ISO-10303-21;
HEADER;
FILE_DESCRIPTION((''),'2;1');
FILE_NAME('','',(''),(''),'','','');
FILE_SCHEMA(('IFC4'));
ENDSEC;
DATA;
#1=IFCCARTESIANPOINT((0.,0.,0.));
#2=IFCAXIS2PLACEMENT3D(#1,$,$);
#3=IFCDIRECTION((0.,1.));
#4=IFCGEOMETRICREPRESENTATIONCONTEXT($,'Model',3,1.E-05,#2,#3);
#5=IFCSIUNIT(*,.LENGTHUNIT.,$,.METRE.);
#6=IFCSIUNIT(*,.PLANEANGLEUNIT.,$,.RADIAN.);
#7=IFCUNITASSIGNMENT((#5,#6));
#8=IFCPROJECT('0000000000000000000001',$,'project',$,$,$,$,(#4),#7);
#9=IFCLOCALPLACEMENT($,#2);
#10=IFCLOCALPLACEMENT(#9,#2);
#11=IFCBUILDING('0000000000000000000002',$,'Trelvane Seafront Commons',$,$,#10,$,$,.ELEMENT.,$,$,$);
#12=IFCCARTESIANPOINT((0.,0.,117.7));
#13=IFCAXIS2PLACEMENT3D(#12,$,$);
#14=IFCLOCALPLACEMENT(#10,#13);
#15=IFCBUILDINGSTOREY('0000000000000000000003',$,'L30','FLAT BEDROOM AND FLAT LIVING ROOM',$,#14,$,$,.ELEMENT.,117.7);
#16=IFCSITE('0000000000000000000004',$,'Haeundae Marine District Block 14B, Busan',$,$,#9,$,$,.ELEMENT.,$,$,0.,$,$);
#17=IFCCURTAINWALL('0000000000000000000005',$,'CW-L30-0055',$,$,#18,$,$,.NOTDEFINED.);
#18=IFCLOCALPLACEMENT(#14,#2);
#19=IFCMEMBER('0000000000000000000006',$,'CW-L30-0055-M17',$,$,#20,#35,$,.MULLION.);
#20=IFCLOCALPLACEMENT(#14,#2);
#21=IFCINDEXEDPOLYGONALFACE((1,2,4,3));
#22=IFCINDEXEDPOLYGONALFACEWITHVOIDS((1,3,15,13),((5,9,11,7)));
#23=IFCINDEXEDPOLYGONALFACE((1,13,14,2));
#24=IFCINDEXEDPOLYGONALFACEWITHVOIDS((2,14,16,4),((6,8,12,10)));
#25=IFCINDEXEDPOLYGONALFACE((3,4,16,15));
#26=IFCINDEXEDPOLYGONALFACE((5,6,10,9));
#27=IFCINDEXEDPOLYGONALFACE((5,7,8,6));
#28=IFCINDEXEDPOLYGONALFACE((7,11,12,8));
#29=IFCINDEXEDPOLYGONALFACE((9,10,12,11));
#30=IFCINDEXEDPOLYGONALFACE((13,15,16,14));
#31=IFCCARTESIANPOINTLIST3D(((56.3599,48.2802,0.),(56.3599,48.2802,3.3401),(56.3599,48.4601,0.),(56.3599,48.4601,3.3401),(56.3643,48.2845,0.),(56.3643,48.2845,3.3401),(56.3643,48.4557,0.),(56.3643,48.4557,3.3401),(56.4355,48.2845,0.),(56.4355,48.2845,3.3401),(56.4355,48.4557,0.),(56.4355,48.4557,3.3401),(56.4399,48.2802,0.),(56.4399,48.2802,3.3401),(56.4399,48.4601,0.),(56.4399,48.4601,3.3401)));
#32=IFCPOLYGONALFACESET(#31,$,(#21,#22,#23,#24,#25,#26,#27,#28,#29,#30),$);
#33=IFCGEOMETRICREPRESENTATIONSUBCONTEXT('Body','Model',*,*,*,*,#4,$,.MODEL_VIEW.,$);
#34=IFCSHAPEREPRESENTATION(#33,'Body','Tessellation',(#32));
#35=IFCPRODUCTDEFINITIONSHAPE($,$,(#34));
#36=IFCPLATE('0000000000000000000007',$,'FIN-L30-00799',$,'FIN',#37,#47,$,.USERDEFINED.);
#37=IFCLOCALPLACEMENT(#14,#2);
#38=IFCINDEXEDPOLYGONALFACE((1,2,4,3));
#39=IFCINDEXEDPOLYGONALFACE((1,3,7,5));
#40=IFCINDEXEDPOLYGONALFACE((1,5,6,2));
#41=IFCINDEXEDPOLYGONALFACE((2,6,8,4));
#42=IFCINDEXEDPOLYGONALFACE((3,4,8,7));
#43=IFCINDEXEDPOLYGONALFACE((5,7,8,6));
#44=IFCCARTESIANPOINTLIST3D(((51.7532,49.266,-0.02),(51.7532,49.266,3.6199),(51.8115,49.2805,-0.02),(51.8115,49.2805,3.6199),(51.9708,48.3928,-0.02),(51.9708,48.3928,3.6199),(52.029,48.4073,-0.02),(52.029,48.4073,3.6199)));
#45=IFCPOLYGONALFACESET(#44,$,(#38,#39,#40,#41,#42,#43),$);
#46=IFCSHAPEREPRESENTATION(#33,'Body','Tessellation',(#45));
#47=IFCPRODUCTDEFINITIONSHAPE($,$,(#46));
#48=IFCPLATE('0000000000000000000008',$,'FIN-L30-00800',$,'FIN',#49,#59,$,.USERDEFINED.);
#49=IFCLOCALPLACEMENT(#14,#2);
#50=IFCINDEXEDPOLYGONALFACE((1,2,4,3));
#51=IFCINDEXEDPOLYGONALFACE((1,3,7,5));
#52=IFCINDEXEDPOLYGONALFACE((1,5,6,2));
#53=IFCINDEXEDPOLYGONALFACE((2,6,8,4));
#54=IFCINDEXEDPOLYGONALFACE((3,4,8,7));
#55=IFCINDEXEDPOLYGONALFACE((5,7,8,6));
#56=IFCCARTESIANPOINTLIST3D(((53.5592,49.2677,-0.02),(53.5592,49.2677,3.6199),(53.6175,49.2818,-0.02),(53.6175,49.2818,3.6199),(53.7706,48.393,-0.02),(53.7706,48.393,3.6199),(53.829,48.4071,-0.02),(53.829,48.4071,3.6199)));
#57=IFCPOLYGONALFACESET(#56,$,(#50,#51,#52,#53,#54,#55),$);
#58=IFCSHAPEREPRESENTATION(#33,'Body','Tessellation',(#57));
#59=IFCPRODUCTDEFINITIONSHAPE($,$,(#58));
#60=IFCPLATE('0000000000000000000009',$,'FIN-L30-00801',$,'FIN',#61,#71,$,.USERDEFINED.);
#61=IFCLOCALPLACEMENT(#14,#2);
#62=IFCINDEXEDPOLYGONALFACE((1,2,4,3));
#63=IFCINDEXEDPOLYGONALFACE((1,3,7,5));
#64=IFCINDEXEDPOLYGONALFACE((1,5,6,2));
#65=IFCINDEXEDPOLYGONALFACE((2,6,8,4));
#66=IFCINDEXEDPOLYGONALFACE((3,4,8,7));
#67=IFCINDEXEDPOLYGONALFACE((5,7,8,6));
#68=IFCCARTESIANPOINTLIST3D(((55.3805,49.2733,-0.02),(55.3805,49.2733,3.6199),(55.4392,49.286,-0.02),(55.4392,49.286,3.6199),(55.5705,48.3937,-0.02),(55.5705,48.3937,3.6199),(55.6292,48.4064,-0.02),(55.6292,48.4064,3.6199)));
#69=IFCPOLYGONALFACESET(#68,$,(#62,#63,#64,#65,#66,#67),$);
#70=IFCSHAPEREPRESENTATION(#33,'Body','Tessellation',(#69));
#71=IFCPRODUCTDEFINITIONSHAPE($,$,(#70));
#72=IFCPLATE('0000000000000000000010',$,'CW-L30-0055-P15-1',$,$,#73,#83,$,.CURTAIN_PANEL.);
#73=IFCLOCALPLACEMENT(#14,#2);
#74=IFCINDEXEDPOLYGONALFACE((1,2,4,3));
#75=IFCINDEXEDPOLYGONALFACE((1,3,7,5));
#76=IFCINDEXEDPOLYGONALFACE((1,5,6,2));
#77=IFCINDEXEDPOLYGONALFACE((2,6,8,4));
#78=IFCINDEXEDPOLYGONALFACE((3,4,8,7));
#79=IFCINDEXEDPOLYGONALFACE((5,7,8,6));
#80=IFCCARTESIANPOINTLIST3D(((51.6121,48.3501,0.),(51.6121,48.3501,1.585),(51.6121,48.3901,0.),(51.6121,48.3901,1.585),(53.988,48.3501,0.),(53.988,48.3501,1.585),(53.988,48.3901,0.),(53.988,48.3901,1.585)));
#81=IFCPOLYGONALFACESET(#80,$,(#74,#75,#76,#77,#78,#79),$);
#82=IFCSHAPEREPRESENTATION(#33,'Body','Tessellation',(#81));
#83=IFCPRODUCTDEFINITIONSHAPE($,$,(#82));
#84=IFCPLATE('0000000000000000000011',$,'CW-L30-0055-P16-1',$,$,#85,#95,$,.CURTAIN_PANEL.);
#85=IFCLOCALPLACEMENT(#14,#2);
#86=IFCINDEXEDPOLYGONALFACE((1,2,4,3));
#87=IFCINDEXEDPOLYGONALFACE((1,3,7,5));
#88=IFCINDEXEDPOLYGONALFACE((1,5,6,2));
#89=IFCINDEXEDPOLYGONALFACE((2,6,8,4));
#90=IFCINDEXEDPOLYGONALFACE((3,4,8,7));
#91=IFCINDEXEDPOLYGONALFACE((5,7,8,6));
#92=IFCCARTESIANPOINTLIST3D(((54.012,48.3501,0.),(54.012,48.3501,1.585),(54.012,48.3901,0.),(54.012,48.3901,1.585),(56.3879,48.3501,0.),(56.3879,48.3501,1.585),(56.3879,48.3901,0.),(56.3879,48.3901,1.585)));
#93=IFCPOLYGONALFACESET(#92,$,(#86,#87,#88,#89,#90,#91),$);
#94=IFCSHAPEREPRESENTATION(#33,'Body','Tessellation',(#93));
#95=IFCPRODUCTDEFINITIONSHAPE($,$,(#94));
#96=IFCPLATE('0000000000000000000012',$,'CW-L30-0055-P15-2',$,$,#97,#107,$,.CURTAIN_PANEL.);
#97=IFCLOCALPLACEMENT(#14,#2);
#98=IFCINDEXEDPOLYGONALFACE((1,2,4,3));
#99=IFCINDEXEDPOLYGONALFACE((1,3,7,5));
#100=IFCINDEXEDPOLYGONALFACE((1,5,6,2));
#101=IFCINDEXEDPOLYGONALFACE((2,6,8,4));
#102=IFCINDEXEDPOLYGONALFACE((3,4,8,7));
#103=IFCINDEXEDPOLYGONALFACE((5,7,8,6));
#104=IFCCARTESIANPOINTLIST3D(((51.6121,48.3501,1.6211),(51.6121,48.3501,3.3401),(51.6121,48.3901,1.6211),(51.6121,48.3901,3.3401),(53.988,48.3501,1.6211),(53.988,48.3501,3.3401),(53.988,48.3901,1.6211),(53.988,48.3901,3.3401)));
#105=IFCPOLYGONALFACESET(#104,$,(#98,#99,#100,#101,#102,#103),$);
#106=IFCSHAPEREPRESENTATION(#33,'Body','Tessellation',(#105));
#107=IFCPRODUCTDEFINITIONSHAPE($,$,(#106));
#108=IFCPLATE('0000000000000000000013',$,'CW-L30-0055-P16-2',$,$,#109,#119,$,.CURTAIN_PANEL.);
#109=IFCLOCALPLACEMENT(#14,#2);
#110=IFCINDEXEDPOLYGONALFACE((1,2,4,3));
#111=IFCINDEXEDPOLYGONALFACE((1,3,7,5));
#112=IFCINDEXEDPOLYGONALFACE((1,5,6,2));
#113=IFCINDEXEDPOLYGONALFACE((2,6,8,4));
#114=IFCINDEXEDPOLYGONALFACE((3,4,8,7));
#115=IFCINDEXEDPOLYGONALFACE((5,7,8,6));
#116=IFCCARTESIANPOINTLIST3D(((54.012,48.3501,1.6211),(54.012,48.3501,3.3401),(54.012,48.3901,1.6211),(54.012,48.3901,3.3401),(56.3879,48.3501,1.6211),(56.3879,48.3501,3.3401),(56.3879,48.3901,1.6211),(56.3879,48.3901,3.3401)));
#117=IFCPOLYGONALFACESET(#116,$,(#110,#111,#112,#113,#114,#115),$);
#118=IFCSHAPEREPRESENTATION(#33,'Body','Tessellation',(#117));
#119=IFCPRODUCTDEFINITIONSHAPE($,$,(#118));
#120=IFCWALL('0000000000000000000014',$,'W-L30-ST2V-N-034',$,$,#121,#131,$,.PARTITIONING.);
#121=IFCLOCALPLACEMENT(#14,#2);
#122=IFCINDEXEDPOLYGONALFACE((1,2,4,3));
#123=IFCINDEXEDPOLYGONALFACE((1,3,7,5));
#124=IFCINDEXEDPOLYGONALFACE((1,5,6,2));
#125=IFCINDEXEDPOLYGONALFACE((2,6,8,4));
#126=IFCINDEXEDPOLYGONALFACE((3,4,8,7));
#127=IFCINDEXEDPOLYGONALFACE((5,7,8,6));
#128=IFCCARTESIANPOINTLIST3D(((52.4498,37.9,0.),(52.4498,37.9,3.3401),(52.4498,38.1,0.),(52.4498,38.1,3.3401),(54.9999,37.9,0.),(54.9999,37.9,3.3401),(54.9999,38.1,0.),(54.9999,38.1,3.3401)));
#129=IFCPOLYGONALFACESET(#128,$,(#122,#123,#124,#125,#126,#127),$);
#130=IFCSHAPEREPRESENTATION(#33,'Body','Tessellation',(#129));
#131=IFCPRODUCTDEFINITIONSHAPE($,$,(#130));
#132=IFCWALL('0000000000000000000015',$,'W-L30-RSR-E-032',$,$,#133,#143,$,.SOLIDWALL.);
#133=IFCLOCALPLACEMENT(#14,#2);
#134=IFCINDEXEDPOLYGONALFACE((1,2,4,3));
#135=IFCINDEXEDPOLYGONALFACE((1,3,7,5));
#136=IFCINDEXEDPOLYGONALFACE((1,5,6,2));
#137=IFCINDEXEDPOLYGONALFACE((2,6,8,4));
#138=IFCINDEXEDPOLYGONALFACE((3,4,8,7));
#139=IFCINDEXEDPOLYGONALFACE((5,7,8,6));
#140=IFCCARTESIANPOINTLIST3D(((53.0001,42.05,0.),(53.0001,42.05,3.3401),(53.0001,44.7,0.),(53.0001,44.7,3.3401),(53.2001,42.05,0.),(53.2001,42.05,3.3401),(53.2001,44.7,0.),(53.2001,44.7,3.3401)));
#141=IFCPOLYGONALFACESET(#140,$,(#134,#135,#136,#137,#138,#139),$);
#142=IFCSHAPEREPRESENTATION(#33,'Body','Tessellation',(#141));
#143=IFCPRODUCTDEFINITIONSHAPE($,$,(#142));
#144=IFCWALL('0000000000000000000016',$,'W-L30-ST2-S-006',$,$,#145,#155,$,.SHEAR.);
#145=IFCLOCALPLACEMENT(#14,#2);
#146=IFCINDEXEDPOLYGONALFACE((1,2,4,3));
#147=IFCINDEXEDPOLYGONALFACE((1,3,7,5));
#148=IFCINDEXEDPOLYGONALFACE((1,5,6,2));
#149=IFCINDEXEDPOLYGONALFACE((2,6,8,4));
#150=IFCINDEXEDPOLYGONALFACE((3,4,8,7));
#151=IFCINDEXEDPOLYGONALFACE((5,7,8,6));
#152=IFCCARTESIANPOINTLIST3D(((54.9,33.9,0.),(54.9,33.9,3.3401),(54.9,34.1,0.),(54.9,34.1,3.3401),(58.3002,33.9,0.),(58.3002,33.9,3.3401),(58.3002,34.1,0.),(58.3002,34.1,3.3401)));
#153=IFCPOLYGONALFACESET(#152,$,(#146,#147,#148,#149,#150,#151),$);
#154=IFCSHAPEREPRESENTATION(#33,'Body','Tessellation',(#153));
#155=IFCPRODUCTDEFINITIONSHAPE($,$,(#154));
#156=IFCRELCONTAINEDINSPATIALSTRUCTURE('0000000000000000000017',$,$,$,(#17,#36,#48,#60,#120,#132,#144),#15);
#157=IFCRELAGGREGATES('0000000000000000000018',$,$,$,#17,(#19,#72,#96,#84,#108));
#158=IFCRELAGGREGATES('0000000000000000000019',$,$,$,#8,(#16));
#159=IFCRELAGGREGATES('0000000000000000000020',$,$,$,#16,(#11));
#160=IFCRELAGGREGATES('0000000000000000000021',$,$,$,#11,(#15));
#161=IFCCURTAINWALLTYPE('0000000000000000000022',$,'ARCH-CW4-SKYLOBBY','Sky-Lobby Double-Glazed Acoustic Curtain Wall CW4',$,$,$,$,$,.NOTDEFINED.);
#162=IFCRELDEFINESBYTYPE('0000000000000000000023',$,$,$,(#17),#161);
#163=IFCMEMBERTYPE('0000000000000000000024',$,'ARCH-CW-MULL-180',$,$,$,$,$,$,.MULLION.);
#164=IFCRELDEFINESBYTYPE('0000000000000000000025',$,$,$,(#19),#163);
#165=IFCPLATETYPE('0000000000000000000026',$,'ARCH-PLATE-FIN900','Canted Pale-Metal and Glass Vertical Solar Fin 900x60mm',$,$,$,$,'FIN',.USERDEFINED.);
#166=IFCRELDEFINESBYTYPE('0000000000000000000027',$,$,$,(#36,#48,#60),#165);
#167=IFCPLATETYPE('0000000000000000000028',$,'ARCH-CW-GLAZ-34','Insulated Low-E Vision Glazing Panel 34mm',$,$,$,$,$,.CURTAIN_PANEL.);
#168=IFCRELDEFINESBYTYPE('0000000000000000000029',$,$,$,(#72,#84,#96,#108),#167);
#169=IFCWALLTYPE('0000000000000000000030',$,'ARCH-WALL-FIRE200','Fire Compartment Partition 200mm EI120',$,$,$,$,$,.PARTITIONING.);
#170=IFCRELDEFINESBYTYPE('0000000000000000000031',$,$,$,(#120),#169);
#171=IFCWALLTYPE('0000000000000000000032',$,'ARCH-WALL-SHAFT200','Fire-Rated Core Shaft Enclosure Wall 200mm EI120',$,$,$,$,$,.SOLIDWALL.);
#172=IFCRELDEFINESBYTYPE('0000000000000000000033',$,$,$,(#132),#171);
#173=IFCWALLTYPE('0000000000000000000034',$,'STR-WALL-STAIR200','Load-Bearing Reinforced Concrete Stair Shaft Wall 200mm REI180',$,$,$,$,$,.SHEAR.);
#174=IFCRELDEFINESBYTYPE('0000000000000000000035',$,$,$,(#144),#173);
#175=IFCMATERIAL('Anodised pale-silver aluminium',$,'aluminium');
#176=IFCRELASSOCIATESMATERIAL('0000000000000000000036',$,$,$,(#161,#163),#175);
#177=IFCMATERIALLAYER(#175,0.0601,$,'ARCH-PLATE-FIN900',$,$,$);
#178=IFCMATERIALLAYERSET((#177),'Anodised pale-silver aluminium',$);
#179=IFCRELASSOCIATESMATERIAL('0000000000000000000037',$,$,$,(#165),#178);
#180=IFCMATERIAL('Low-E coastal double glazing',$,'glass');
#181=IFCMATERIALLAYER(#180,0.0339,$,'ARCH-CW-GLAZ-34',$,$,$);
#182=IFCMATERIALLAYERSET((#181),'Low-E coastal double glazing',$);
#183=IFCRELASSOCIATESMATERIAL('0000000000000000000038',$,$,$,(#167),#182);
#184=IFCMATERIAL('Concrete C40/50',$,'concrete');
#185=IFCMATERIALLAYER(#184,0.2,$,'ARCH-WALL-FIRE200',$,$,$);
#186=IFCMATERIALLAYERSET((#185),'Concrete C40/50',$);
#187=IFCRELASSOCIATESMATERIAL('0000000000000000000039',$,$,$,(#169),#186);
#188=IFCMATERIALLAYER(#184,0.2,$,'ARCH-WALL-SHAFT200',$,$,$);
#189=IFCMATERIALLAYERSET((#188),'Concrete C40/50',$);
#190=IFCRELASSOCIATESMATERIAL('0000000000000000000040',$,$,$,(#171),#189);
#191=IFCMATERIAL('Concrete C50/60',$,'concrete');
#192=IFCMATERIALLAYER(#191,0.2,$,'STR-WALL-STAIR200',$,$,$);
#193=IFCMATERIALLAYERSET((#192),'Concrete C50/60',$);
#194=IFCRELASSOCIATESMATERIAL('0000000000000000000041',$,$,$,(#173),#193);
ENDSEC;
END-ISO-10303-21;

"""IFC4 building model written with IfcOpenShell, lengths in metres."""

from ifc_helpers import new_model, si_unit, direction, frame, frame_2d, origin, origin_2d, place, context, subcontext, project, spatial, rectangle, hollow_rectangle, extrude, source, transform, mapped, material, layer, layer_set, material_profile, profile_set, type_object, element, aggregate, save


model = new_model("IFC4")

# Units and contexts
model_context = context("Model", 3, precision=1e-05, world=origin(), true_north=direction((0.0, 1.0)))
body_context = subcontext(model_context, "Body", "Model", "MODEL_VIEW")
ifc_project = project(units=[si_unit("LENGTHUNIT", "METRE"), si_unit("PLANEANGLEUNIT", "RADIAN")], contexts=[model_context])

# Site, building, storey
site_placement = place(None, origin())
site = spatial("IfcSite", under=ifc_project, at=site_placement, Name="Haeundae Marine District Block 14B, Busan", CompositionType="ELEMENT", RefElevation=0.0)
building_placement = place(site_placement, origin())
building = spatial("IfcBuilding", under=site, at=building_placement, Name="Trelvane Seafront Commons", CompositionType="ELEMENT")
storey_placement = place(building_placement, frame((0.0, 0.0, 117.7)))
storey = spatial("IfcBuildingStorey", under=building, at=storey_placement, Name="L30", Description="FLAT BEDROOM AND FLAT LIVING ROOM", CompositionType="ELEMENT", Elevation=117.7)

# Curtain wall, member
ifc_material_1 = material(Name="Anodised pale-silver aluminium", Category="aluminium")
curtain_wall_type = type_object("IfcCurtainWallType", Name="ARCH-CW4-SKYLOBBY", Description="Sky-Lobby Double-Glazed Acoustic Curtain Wall CW4", PredefinedType="NOTDEFINED", material=ifc_material_1)
curtain_wall_placement = place(storey_placement, origin())
curtain_wall = element("IfcCurtainWall", 1, at=curtain_wall_placement, inside=storey, type_object=curtain_wall_type, Name="CW-L30-0055", PredefinedType="NOTDEFINED")
ifc_material_profile_1 = material_profile(ifc_material_1, hollow_rectangle(XDim=0.0801, YDim=0.1799, WallThickness=0.0044, at=origin_2d()), Name="MULL-80x180x4.5")
ifc_profile_set_1 = profile_set([ifc_material_profile_1], Name="Anodised pale-silver aluminium")
member_type_1 = type_object("IfcMemberType", Name="ARCH-CW-MULL-180", PredefinedType="MULLION", material=ifc_profile_set_1)
shared_shape_1 = source(origin(), body_context, "Body", "SweptSolid", [
    extrude(hollow_rectangle(XDim=0.0801, YDim=0.1799, WallThickness=0.0044, at=origin_2d()), origin(), (0.0, 0.0, 1.0), 3.3401),
])
member_1_placement = place(storey_placement, frame((56.3999, 48.3701, 0.0), z_axis=(0.0, 0.0, 1.0), x_axis=(1.0, 0.0, 0.0)))
member_1 = element("IfcMember", 2, at=member_1_placement, type_object=member_type_1, Name="CW-L30-0055-M17", PredefinedType="MULLION", context=body_context, shape_type="MappedRepresentation", body=[
    mapped(shared_shape_1, transform((0.0, 0.0, 0.0), x_axis=(1.0, 0.0, 0.0), y_axis=(0.0, 1.0, 0.0), z_axis=(0.0, 0.0, 1.0), scale=1.0)),
])

# Plates
ifc_layer_1 = layer(ifc_material_1, 0.0601, Name="ARCH-PLATE-FIN900")
ifc_layer_set_1 = layer_set([ifc_layer_1], Name="Anodised pale-silver aluminium")
plate_type_1 = type_object("IfcPlateType", Name="ARCH-PLATE-FIN900", Description="Canted Pale-Metal and Glass Vertical Solar Fin 900x60mm", ElementType="FIN", PredefinedType="USERDEFINED", material=ifc_layer_set_1)
shared_shape_2 = source(origin(), body_context, "Body", "SweptSolid", [
    extrude(rectangle(XDim=0.8999, YDim=0.0601, at=origin_2d()), origin(), (0.0, 0.0, 1.0), 3.6399),
])
for number, where, z_axis, x_axis, name in (
    (3, (51.8911, 48.8367, -0.02), (0.0, 0.0, 1.0), (-0.241778, 0.970332, 0.0), "FIN-L30-00799"),
    (4, (53.6941, 48.8374, -0.02), (0.0, 0.0, 1.0), (-0.235, 0.971995, 0.0), "FIN-L30-00800"),
    (5, (55.5049, 48.8398, -0.02), (0.0, 0.0, 1.0), (-0.211115, 0.977461, 0.0), "FIN-L30-00801"),
):
    element("IfcPlate", number, at=place(storey_placement, frame(where, z_axis=z_axis, x_axis=x_axis)), inside=storey, type_object=plate_type_1, Name=name, ObjectType="FIN", PredefinedType="USERDEFINED", context=body_context, shape_type="MappedRepresentation", body=[
        mapped(shared_shape_2, transform((0.0, 0.0, 0.0), x_axis=(1.0, 0.0, 0.0), y_axis=(0.0, 1.0, 0.0), z_axis=(0.0, 0.0, 1.0), scale=1.0)),
    ])

# Plates
ifc_material_2 = material(Name="Low-E coastal double glazing", Category="glass")
ifc_layer_2 = layer(ifc_material_2, 0.0339, Name="ARCH-CW-GLAZ-34")
ifc_layer_set_2 = layer_set([ifc_layer_2], Name="Low-E coastal double glazing")
plate_type_2 = type_object("IfcPlateType", Name="ARCH-CW-GLAZ-34", Description="Insulated Low-E Vision Glazing Panel 34mm", PredefinedType="CURTAIN_PANEL", material=ifc_layer_set_2)
shared_shape_3 = source(origin(), body_context, "Body", "SweptSolid", [
    extrude(rectangle(XDim=2.376, YDim=0.04, at=origin_2d()), origin(), (0.0, 0.0, 1.0), 1.585),
])
plate_1_placement = place(storey_placement, frame((52.8, 48.3701, 0.0), z_axis=(0.0, 0.0, 1.0), x_axis=(1.0, 0.0, 0.0)))
plate_1 = element("IfcPlate", 6, at=plate_1_placement, type_object=plate_type_2, Name="CW-L30-0055-P15-1", PredefinedType="CURTAIN_PANEL", context=body_context, shape_type="MappedRepresentation", body=[
    mapped(shared_shape_3, transform((0.0, 0.0, 0.0), x_axis=(1.0, 0.0, 0.0), y_axis=(0.0, 1.0, 0.0), z_axis=(0.0, 0.0, 1.0), scale=1.0)),
])
plate_2_placement = place(storey_placement, frame((55.2, 48.3701, 0.0), z_axis=(0.0, 0.0, 1.0), x_axis=(1.0, 0.0, 0.0)))
plate_2 = element("IfcPlate", 7, at=plate_2_placement, type_object=plate_type_2, Name="CW-L30-0055-P16-1", PredefinedType="CURTAIN_PANEL", context=body_context, shape_type="MappedRepresentation", body=[
    mapped(shared_shape_3, transform((0.0, 0.0, 0.0), x_axis=(1.0, 0.0, 0.0), y_axis=(0.0, 1.0, 0.0), z_axis=(0.0, 0.0, 1.0), scale=1.0)),
])
shared_shape_4 = source(origin(), body_context, "Body", "SweptSolid", [
    extrude(rectangle(XDim=2.376, YDim=0.04, at=origin_2d()), origin(), (0.0, 0.0, 1.0), 1.719),
])
plate_3_placement = place(storey_placement, frame((52.8, 48.3701, 1.6211), z_axis=(0.0, 0.0, 1.0), x_axis=(1.0, 0.0, 0.0)))
plate_3 = element("IfcPlate", 8, at=plate_3_placement, type_object=plate_type_2, Name="CW-L30-0055-P15-2", PredefinedType="CURTAIN_PANEL", context=body_context, shape_type="MappedRepresentation", body=[
    mapped(shared_shape_4, transform((0.0, 0.0, 0.0), x_axis=(1.0, 0.0, 0.0), y_axis=(0.0, 1.0, 0.0), z_axis=(0.0, 0.0, 1.0), scale=1.0)),
])
plate_4_placement = place(storey_placement, frame((55.2, 48.3701, 1.6211), z_axis=(0.0, 0.0, 1.0), x_axis=(1.0, 0.0, 0.0)))
plate_4 = element("IfcPlate", 9, at=plate_4_placement, type_object=plate_type_2, Name="CW-L30-0055-P16-2", PredefinedType="CURTAIN_PANEL", context=body_context, shape_type="MappedRepresentation", body=[
    mapped(shared_shape_4, transform((0.0, 0.0, 0.0), x_axis=(1.0, 0.0, 0.0), y_axis=(0.0, 1.0, 0.0), z_axis=(0.0, 0.0, 1.0), scale=1.0)),
])
aggregate(curtain_wall, [member_1, plate_1, plate_3, plate_2, plate_4])

# Walls
ifc_material_3 = material(Name="Concrete C40/50", Category="concrete")
ifc_layer_3 = layer(ifc_material_3, 0.2, Name="ARCH-WALL-FIRE200")
ifc_layer_set_3 = layer_set([ifc_layer_3], Name="Concrete C40/50")
wall_type_1 = type_object("IfcWallType", Name="ARCH-WALL-FIRE200", Description="Fire Compartment Partition 200mm EI120", PredefinedType="PARTITIONING", material=ifc_layer_set_3)
wall_1_placement = place(storey_placement, frame((52.45, 38.0, 0.0), z_axis=(0.0, 0.0, 1.0), x_axis=(1.0, 0.0, 0.0)))
element("IfcWall", 10, at=wall_1_placement, inside=storey, type_object=wall_type_1, Name="W-L30-ST2V-N-034", PredefinedType="PARTITIONING", context=body_context, shape_type="SweptSolid", body=[
    extrude(rectangle(XDim=2.55, YDim=0.2, at=frame_2d((1.2749, 0.0))), origin(), (0.0, 0.0, 1.0), 3.3401),
])
ifc_layer_4 = layer(ifc_material_3, 0.2, Name="ARCH-WALL-SHAFT200")
ifc_layer_set_4 = layer_set([ifc_layer_4], Name="Concrete C40/50")
wall_type_2 = type_object("IfcWallType", Name="ARCH-WALL-SHAFT200", Description="Fire-Rated Core Shaft Enclosure Wall 200mm EI120", PredefinedType="SOLIDWALL", material=ifc_layer_set_4)
wall_2_placement = place(storey_placement, frame((53.1001, 42.05, 0.0), z_axis=(0.0, 0.0, 1.0), x_axis=(0.0, 1.0, 0.0)))
element("IfcWall", 11, at=wall_2_placement, inside=storey, type_object=wall_type_2, Name="W-L30-RSR-E-032", PredefinedType="SOLIDWALL", context=body_context, shape_type="SweptSolid", body=[
    extrude(rectangle(XDim=2.6499, YDim=0.2, at=frame_2d((1.325, 0.0))), origin(), (0.0, 0.0, 1.0), 3.3401),
])
ifc_material_4 = material(Name="Concrete C50/60", Category="concrete")
ifc_layer_5 = layer(ifc_material_4, 0.2, Name="STR-WALL-STAIR200")
ifc_layer_set_5 = layer_set([ifc_layer_5], Name="Concrete C50/60")
wall_type_3 = type_object("IfcWallType", Name="STR-WALL-STAIR200", Description="Load-Bearing Reinforced Concrete Stair Shaft Wall 200mm REI180", PredefinedType="SHEAR", material=ifc_layer_set_5)
wall_3_placement = place(storey_placement, frame((54.8999, 34.0, 0.0), z_axis=(0.0, 0.0, 1.0), x_axis=(1.0, 0.0, 0.0)))
element("IfcWall", 12, at=wall_3_placement, inside=storey, type_object=wall_type_3, Name="W-L30-ST2-S-006", PredefinedType="SHEAR", context=body_context, shape_type="SweptSolid", body=[
    extrude(rectangle(XDim=3.4001, YDim=0.2, at=frame_2d((1.7002, 0.0))), origin(), (0.0, 0.0, 1.0), 3.3401),
])

save(model, "model.ifc")
